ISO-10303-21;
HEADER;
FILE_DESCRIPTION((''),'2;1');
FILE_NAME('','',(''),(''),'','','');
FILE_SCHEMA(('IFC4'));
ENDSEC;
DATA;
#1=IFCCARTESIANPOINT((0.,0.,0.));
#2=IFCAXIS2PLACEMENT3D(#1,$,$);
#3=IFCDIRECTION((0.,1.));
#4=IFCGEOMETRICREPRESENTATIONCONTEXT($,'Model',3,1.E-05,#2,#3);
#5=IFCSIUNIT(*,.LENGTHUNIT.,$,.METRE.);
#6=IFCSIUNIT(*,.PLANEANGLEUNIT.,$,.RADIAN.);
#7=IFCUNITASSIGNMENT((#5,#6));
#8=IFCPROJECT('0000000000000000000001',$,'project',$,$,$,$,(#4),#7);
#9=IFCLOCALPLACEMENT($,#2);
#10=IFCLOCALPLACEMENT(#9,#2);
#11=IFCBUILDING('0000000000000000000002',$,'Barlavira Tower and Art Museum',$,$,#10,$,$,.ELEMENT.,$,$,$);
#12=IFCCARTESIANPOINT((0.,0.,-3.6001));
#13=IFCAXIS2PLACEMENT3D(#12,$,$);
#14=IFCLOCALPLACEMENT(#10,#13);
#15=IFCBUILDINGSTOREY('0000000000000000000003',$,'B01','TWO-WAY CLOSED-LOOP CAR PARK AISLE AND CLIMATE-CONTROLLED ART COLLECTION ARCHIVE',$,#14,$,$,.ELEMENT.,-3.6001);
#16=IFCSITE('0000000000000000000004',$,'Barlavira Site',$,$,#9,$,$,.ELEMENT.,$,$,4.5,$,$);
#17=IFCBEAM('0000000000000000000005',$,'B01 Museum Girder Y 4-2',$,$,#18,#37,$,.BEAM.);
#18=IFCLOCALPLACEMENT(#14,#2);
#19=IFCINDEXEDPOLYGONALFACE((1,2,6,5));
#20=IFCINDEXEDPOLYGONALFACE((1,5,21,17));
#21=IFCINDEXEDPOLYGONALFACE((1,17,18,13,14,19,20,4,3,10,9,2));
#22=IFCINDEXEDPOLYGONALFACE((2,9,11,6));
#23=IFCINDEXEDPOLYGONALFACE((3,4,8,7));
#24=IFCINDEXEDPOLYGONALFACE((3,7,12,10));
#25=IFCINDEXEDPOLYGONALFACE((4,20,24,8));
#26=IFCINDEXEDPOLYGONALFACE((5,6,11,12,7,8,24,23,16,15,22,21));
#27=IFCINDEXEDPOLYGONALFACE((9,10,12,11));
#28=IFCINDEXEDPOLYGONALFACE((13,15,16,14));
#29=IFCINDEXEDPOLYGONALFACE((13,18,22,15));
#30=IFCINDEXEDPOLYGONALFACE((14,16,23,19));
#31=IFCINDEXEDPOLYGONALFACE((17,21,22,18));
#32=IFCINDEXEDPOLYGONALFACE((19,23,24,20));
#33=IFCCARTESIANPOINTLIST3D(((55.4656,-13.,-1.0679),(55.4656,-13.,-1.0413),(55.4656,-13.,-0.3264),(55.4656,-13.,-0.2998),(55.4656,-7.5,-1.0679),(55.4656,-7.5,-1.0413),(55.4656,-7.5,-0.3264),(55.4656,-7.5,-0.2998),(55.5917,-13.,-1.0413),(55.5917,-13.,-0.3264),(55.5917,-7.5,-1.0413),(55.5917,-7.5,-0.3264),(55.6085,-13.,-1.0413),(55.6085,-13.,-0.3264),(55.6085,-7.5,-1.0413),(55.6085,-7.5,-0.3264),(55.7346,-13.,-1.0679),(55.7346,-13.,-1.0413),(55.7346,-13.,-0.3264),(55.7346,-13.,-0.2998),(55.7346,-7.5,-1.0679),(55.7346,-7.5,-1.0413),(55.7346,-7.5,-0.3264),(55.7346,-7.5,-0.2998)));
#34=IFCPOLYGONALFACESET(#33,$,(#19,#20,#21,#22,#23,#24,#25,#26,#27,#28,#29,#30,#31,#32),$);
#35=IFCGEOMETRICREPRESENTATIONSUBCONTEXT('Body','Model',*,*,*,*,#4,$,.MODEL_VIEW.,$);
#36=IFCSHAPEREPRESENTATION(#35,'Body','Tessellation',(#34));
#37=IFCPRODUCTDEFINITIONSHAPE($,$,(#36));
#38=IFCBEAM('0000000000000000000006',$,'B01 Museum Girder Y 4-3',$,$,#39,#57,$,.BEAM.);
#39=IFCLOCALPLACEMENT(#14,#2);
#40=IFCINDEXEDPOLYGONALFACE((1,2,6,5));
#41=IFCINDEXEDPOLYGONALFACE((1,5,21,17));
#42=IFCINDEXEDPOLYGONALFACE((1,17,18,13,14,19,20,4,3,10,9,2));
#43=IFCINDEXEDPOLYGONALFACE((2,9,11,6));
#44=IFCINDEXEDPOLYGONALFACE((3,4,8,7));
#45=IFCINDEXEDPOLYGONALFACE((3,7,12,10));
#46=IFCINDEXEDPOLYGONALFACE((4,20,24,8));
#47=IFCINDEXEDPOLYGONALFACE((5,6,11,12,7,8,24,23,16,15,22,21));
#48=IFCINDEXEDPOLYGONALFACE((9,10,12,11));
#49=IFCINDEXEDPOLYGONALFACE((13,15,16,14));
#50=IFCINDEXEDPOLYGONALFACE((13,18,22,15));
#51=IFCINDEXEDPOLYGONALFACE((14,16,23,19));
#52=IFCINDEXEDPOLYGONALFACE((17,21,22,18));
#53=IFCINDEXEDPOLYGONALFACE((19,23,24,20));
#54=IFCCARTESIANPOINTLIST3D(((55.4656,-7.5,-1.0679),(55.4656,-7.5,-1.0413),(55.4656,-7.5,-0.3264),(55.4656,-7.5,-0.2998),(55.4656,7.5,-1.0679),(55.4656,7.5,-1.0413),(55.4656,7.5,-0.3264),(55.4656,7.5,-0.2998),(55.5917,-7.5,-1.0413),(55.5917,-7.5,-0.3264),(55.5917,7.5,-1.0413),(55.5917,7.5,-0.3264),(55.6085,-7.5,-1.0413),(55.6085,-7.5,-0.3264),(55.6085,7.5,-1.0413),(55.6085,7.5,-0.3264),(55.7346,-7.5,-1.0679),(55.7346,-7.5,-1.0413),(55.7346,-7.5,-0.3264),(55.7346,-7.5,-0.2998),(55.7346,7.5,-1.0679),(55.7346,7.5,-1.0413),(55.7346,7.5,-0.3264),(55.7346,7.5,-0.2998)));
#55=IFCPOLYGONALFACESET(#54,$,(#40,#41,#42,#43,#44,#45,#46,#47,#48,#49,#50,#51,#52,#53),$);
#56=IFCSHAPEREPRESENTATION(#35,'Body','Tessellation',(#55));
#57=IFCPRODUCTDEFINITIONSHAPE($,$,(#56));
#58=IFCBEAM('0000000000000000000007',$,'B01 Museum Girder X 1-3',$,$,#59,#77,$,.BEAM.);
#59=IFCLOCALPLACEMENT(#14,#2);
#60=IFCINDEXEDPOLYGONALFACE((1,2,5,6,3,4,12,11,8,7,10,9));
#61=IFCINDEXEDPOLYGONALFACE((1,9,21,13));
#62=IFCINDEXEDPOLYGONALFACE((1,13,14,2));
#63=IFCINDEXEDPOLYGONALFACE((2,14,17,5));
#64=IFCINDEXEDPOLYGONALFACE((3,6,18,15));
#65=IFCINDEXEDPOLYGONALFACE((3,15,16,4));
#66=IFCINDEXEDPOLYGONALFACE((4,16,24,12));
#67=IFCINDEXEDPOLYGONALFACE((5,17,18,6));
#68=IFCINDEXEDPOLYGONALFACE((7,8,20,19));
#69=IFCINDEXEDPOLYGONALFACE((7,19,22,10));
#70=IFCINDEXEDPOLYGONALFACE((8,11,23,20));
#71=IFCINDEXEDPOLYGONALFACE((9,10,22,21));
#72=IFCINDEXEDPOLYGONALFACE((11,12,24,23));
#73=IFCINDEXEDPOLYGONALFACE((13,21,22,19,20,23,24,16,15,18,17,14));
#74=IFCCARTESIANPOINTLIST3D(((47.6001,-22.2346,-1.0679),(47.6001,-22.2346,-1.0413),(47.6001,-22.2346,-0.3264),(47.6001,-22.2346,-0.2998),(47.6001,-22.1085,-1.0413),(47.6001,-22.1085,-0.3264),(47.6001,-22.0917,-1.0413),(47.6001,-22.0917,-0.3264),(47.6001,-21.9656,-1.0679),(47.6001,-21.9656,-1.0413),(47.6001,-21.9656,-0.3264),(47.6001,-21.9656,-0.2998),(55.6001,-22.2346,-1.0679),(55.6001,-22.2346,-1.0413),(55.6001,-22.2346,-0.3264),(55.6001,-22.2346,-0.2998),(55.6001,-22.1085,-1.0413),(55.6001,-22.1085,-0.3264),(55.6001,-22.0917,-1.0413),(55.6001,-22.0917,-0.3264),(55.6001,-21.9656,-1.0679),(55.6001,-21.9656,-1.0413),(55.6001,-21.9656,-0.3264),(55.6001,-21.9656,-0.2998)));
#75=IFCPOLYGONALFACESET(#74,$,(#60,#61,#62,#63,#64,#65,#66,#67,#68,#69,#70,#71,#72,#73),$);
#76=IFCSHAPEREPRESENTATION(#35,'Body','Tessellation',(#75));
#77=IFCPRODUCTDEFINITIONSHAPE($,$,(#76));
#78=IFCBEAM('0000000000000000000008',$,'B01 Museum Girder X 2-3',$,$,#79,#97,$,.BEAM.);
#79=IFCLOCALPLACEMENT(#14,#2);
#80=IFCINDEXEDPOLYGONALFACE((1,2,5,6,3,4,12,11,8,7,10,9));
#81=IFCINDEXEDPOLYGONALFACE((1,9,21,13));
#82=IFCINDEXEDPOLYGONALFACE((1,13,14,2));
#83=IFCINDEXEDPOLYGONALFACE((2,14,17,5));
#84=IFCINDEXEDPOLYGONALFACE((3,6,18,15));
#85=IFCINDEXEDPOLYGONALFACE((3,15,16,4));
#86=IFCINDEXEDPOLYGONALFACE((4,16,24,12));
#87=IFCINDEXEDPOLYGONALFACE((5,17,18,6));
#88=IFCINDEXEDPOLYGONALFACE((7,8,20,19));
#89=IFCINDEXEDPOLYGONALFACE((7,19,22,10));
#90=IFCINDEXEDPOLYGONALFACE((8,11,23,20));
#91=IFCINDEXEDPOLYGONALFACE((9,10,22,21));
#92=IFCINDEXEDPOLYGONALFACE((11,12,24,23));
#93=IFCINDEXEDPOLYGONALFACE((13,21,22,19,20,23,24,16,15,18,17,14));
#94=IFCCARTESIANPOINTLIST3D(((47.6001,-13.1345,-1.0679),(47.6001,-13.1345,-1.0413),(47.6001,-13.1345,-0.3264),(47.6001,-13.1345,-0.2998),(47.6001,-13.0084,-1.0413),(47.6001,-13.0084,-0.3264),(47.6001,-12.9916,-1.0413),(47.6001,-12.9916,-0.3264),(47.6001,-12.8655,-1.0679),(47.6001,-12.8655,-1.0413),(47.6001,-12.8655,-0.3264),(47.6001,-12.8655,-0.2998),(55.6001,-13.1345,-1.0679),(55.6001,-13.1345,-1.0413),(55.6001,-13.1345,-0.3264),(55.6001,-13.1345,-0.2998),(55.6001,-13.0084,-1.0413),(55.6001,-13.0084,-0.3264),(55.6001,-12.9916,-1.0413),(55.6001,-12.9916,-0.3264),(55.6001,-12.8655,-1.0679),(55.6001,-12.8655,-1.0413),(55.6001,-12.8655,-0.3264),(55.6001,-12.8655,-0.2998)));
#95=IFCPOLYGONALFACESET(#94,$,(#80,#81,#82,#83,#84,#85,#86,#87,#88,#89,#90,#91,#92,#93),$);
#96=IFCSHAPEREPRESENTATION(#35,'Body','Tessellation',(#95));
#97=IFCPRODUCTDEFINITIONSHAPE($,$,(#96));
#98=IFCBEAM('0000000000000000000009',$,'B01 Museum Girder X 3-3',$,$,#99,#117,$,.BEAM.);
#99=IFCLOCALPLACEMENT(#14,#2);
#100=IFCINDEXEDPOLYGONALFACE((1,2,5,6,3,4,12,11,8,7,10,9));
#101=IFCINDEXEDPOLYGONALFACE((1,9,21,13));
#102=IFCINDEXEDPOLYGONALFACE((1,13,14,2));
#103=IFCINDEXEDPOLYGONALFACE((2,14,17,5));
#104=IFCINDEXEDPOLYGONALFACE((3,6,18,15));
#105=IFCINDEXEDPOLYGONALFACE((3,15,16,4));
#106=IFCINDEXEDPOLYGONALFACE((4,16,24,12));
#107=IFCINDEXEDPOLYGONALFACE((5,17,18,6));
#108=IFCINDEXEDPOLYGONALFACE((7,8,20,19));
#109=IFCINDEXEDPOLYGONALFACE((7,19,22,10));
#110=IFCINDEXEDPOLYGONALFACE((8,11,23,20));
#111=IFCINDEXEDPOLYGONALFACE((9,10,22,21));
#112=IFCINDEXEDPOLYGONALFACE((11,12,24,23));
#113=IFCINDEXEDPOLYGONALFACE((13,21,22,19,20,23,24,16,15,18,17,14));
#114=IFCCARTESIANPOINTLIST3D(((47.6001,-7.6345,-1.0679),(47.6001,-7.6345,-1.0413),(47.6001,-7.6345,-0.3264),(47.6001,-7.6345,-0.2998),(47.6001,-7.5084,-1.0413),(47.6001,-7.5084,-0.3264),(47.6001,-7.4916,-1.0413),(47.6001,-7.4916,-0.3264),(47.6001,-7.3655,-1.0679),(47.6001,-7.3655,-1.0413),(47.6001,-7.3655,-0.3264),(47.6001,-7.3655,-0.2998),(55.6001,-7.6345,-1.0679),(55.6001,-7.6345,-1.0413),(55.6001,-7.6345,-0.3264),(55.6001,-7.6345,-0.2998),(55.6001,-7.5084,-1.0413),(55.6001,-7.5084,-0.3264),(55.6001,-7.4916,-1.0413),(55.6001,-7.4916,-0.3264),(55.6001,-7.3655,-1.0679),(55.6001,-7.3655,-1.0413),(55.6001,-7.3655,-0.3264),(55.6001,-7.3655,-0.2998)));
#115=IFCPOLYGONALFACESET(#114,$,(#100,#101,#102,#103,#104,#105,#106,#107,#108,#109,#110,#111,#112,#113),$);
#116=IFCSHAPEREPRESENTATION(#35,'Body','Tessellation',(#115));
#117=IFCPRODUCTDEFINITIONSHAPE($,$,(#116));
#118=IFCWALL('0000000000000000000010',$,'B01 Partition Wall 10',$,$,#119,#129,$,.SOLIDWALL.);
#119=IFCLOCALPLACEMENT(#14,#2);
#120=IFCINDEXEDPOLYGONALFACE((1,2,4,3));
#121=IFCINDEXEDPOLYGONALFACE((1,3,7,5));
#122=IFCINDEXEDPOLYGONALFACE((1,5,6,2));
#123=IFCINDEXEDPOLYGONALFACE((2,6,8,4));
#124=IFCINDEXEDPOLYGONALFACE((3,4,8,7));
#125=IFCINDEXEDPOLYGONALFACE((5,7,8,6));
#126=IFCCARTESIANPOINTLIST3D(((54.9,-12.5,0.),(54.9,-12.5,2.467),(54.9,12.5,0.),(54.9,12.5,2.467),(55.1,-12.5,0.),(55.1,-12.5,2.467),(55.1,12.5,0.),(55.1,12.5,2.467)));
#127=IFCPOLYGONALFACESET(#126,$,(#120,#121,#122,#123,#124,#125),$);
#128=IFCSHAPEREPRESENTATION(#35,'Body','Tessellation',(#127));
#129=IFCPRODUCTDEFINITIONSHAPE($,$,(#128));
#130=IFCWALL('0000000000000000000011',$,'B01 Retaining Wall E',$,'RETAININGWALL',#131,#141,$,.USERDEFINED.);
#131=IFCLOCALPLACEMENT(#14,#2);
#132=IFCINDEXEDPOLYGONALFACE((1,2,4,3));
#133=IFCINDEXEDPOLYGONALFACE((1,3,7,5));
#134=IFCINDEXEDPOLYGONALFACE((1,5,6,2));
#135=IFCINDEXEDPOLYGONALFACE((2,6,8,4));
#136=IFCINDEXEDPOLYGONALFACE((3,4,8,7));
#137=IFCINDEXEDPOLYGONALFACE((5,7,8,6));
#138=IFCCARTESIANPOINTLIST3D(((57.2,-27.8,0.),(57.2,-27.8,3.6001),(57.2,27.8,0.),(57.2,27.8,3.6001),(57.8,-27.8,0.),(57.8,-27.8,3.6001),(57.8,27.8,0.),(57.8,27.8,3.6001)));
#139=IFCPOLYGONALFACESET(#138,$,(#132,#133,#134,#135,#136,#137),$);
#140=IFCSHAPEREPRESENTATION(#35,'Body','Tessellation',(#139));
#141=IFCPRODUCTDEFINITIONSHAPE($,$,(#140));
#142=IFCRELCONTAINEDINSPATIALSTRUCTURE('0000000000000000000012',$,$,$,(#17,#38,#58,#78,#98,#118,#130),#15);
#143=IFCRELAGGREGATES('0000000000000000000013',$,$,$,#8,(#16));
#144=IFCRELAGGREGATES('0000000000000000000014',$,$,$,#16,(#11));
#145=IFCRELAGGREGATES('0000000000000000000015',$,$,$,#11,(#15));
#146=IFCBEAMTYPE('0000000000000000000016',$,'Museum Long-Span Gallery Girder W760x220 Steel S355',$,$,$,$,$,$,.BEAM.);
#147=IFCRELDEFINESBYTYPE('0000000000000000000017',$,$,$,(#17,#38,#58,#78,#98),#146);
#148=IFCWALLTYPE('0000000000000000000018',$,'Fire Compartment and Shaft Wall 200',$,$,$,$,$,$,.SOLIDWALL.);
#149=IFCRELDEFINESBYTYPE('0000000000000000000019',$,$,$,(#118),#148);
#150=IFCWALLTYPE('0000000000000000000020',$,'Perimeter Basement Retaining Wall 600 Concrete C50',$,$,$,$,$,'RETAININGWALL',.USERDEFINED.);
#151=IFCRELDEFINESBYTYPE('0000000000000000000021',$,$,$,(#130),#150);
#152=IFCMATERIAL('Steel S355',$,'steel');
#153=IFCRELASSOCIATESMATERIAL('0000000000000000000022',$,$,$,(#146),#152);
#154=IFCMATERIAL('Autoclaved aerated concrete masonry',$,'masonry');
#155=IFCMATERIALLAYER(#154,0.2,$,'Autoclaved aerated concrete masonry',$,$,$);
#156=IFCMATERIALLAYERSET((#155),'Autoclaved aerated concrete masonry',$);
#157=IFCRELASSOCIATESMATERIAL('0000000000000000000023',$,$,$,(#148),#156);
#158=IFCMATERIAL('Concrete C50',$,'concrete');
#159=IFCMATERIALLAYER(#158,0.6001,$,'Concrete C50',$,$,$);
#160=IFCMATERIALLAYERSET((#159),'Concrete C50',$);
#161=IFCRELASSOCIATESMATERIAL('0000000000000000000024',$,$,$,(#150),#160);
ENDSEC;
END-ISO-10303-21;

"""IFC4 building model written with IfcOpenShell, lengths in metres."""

from ifc_helpers import new_model, si_unit, direction, frame, frame_2d, origin, origin_2d, place, context, subcontext, project, spatial, rectangle, i_section, extrude, material, layer, layer_set, material_profile, profile_set, type_object, element, save


model = new_model("IFC4")

# Units and contexts
model_context = context("Model", 3, precision=1e-05, world=origin(), true_north=direction((0.0, 1.0)))
body_context = subcontext(model_context, "Body", "Model", "MODEL_VIEW")
ifc_project = project(units=[si_unit("LENGTHUNIT", "METRE"), si_unit("PLANEANGLEUNIT", "RADIAN")], contexts=[model_context])

# Site, building, storey
site_placement = place(None, origin())
site = spatial("IfcSite", under=ifc_project, at=site_placement, Name="Barlavira Site", CompositionType="ELEMENT", RefElevation=4.5)
building_placement = place(site_placement, origin())
building = spatial("IfcBuilding", under=site, at=building_placement, Name="Barlavira Tower and Art Museum", CompositionType="ELEMENT")
storey_placement = place(building_placement, frame((0.0, 0.0, -3.6001)))
storey = spatial("IfcBuildingStorey", under=building, at=storey_placement, Name="B01", Description="TWO-WAY CLOSED-LOOP CAR PARK AISLE AND CLIMATE-CONTROLLED ART COLLECTION ARCHIVE", CompositionType="ELEMENT", Elevation=-3.6001)

# Shared definitions
ifc_material_1 = material(Name="Concrete C50", Category="concrete")

# Beams
ifc_material_2 = material(Name="Steel S355", Category="steel")
ifc_material_profile_1 = material_profile(ifc_material_2, i_section(OverallWidth=0.269, OverallDepth=0.7681, WebThickness=0.0168, FlangeThickness=0.0266, at=origin_2d()), Name="W760x220.0")
ifc_profile_set_1 = profile_set([ifc_material_profile_1], Name="Steel S355")
beam_type_1 = type_object("IfcBeamType", Name="Museum Long-Span Gallery Girder W760x220 Steel S355", PredefinedType="BEAM", material=ifc_profile_set_1)
beam_1_placement = place(storey_placement, frame((55.6001, -13.0, -0.6838), z_axis=(0.0, 1.0, 0.0), x_axis=(-1.0, 0.0, 0.0)))
element("IfcBeam", 1, at=beam_1_placement, inside=storey, type_object=beam_type_1, Name="B01 Museum Girder Y 4-2", PredefinedType="BEAM", context=body_context, shape_type="SweptSolid", body=[
    extrude(i_section(OverallWidth=0.269, OverallDepth=0.7681, WebThickness=0.0168, FlangeThickness=0.0266, at=origin_2d()), origin(), (0.0, 0.0, 1.0), 5.5),
])
beam_2_placement = place(storey_placement, frame((55.6001, -7.5, -0.6838), z_axis=(0.0, 1.0, 0.0), x_axis=(-1.0, 0.0, 0.0)))
element("IfcBeam", 2, at=beam_2_placement, inside=storey, type_object=beam_type_1, Name="B01 Museum Girder Y 4-3", PredefinedType="BEAM", context=body_context, shape_type="SweptSolid", body=[
    extrude(i_section(OverallWidth=0.269, OverallDepth=0.7681, WebThickness=0.0168, FlangeThickness=0.0266, at=origin_2d()), origin(), (0.0, 0.0, 1.0), 15.0),
])
for number, where, z_axis, x_axis, name in (
    (3, (47.6001, -22.1001, -0.6838), (1.0, 0.0, 0.0), (0.0, 1.0, 0.0), "B01 Museum Girder X 1-3"),
    (4, (47.6001, -13.0, -0.6838), (1.0, 0.0, 0.0), (0.0, 1.0, 0.0), "B01 Museum Girder X 2-3"),
    (5, (47.6001, -7.5, -0.6838), (1.0, 0.0, 0.0), (0.0, 1.0, 0.0), "B01 Museum Girder X 3-3"),
):
    element("IfcBeam", number, at=place(storey_placement, frame(where, z_axis=z_axis, x_axis=x_axis)), inside=storey, type_object=beam_type_1, Name=name, PredefinedType="BEAM", context=body_context, shape_type="SweptSolid", body=[
        extrude(i_section(OverallWidth=0.269, OverallDepth=0.7681, WebThickness=0.0168, FlangeThickness=0.0266, at=origin_2d()), origin(), (0.0, 0.0, 1.0), 8.0),
    ])

# Walls
ifc_material_3 = material(Name="Autoclaved aerated concrete masonry", Category="masonry")
ifc_layer_1 = layer(ifc_material_3, 0.2, Name="Autoclaved aerated concrete masonry")
ifc_layer_set_1 = layer_set([ifc_layer_1], Name="Autoclaved aerated concrete masonry")
wall_type_1 = type_object("IfcWallType", Name="Fire Compartment and Shaft Wall 200", PredefinedType="SOLIDWALL", material=ifc_layer_set_1)
wall_1_placement = place(storey_placement, frame((55.0, -12.5, 0.0), z_axis=(0.0, 0.0, 1.0), x_axis=(0.0, 1.0, 0.0)))
element("IfcWall", 6, at=wall_1_placement, inside=storey, type_object=wall_type_1, Name="B01 Partition Wall 10", PredefinedType="SOLIDWALL", context=body_context, shape_type="SweptSolid", body=[
    extrude(rectangle(XDim=25.0, YDim=0.2, at=frame_2d((12.5, 0.0))), origin(), (0.0, 0.0, 1.0), 2.467),
])
ifc_layer_2 = layer(ifc_material_1, 0.6001, Name="Concrete C50")
ifc_layer_set_2 = layer_set([ifc_layer_2], Name="Concrete C50")
wall_type_2 = type_object("IfcWallType", Name="Perimeter Basement Retaining Wall 600 Concrete C50", ElementType="RETAININGWALL", PredefinedType="USERDEFINED", material=ifc_layer_set_2)
wall_2_placement = place(storey_placement, frame((57.5, -27.8, 0.0), z_axis=(0.0, 0.0, 1.0), x_axis=(0.0, 1.0, 0.0)))
element("IfcWall", 7, at=wall_2_placement, inside=storey, type_object=wall_type_2, Name="B01 Retaining Wall E", ObjectType="RETAININGWALL", PredefinedType="USERDEFINED", context=body_context, shape_type="SweptSolid", body=[
    extrude(rectangle(XDim=55.6001, YDim=0.6001, at=frame_2d((27.8, 0.0))), origin(), (0.0, 0.0, 1.0), 3.6001),
])

save(model, "model.ifc")
